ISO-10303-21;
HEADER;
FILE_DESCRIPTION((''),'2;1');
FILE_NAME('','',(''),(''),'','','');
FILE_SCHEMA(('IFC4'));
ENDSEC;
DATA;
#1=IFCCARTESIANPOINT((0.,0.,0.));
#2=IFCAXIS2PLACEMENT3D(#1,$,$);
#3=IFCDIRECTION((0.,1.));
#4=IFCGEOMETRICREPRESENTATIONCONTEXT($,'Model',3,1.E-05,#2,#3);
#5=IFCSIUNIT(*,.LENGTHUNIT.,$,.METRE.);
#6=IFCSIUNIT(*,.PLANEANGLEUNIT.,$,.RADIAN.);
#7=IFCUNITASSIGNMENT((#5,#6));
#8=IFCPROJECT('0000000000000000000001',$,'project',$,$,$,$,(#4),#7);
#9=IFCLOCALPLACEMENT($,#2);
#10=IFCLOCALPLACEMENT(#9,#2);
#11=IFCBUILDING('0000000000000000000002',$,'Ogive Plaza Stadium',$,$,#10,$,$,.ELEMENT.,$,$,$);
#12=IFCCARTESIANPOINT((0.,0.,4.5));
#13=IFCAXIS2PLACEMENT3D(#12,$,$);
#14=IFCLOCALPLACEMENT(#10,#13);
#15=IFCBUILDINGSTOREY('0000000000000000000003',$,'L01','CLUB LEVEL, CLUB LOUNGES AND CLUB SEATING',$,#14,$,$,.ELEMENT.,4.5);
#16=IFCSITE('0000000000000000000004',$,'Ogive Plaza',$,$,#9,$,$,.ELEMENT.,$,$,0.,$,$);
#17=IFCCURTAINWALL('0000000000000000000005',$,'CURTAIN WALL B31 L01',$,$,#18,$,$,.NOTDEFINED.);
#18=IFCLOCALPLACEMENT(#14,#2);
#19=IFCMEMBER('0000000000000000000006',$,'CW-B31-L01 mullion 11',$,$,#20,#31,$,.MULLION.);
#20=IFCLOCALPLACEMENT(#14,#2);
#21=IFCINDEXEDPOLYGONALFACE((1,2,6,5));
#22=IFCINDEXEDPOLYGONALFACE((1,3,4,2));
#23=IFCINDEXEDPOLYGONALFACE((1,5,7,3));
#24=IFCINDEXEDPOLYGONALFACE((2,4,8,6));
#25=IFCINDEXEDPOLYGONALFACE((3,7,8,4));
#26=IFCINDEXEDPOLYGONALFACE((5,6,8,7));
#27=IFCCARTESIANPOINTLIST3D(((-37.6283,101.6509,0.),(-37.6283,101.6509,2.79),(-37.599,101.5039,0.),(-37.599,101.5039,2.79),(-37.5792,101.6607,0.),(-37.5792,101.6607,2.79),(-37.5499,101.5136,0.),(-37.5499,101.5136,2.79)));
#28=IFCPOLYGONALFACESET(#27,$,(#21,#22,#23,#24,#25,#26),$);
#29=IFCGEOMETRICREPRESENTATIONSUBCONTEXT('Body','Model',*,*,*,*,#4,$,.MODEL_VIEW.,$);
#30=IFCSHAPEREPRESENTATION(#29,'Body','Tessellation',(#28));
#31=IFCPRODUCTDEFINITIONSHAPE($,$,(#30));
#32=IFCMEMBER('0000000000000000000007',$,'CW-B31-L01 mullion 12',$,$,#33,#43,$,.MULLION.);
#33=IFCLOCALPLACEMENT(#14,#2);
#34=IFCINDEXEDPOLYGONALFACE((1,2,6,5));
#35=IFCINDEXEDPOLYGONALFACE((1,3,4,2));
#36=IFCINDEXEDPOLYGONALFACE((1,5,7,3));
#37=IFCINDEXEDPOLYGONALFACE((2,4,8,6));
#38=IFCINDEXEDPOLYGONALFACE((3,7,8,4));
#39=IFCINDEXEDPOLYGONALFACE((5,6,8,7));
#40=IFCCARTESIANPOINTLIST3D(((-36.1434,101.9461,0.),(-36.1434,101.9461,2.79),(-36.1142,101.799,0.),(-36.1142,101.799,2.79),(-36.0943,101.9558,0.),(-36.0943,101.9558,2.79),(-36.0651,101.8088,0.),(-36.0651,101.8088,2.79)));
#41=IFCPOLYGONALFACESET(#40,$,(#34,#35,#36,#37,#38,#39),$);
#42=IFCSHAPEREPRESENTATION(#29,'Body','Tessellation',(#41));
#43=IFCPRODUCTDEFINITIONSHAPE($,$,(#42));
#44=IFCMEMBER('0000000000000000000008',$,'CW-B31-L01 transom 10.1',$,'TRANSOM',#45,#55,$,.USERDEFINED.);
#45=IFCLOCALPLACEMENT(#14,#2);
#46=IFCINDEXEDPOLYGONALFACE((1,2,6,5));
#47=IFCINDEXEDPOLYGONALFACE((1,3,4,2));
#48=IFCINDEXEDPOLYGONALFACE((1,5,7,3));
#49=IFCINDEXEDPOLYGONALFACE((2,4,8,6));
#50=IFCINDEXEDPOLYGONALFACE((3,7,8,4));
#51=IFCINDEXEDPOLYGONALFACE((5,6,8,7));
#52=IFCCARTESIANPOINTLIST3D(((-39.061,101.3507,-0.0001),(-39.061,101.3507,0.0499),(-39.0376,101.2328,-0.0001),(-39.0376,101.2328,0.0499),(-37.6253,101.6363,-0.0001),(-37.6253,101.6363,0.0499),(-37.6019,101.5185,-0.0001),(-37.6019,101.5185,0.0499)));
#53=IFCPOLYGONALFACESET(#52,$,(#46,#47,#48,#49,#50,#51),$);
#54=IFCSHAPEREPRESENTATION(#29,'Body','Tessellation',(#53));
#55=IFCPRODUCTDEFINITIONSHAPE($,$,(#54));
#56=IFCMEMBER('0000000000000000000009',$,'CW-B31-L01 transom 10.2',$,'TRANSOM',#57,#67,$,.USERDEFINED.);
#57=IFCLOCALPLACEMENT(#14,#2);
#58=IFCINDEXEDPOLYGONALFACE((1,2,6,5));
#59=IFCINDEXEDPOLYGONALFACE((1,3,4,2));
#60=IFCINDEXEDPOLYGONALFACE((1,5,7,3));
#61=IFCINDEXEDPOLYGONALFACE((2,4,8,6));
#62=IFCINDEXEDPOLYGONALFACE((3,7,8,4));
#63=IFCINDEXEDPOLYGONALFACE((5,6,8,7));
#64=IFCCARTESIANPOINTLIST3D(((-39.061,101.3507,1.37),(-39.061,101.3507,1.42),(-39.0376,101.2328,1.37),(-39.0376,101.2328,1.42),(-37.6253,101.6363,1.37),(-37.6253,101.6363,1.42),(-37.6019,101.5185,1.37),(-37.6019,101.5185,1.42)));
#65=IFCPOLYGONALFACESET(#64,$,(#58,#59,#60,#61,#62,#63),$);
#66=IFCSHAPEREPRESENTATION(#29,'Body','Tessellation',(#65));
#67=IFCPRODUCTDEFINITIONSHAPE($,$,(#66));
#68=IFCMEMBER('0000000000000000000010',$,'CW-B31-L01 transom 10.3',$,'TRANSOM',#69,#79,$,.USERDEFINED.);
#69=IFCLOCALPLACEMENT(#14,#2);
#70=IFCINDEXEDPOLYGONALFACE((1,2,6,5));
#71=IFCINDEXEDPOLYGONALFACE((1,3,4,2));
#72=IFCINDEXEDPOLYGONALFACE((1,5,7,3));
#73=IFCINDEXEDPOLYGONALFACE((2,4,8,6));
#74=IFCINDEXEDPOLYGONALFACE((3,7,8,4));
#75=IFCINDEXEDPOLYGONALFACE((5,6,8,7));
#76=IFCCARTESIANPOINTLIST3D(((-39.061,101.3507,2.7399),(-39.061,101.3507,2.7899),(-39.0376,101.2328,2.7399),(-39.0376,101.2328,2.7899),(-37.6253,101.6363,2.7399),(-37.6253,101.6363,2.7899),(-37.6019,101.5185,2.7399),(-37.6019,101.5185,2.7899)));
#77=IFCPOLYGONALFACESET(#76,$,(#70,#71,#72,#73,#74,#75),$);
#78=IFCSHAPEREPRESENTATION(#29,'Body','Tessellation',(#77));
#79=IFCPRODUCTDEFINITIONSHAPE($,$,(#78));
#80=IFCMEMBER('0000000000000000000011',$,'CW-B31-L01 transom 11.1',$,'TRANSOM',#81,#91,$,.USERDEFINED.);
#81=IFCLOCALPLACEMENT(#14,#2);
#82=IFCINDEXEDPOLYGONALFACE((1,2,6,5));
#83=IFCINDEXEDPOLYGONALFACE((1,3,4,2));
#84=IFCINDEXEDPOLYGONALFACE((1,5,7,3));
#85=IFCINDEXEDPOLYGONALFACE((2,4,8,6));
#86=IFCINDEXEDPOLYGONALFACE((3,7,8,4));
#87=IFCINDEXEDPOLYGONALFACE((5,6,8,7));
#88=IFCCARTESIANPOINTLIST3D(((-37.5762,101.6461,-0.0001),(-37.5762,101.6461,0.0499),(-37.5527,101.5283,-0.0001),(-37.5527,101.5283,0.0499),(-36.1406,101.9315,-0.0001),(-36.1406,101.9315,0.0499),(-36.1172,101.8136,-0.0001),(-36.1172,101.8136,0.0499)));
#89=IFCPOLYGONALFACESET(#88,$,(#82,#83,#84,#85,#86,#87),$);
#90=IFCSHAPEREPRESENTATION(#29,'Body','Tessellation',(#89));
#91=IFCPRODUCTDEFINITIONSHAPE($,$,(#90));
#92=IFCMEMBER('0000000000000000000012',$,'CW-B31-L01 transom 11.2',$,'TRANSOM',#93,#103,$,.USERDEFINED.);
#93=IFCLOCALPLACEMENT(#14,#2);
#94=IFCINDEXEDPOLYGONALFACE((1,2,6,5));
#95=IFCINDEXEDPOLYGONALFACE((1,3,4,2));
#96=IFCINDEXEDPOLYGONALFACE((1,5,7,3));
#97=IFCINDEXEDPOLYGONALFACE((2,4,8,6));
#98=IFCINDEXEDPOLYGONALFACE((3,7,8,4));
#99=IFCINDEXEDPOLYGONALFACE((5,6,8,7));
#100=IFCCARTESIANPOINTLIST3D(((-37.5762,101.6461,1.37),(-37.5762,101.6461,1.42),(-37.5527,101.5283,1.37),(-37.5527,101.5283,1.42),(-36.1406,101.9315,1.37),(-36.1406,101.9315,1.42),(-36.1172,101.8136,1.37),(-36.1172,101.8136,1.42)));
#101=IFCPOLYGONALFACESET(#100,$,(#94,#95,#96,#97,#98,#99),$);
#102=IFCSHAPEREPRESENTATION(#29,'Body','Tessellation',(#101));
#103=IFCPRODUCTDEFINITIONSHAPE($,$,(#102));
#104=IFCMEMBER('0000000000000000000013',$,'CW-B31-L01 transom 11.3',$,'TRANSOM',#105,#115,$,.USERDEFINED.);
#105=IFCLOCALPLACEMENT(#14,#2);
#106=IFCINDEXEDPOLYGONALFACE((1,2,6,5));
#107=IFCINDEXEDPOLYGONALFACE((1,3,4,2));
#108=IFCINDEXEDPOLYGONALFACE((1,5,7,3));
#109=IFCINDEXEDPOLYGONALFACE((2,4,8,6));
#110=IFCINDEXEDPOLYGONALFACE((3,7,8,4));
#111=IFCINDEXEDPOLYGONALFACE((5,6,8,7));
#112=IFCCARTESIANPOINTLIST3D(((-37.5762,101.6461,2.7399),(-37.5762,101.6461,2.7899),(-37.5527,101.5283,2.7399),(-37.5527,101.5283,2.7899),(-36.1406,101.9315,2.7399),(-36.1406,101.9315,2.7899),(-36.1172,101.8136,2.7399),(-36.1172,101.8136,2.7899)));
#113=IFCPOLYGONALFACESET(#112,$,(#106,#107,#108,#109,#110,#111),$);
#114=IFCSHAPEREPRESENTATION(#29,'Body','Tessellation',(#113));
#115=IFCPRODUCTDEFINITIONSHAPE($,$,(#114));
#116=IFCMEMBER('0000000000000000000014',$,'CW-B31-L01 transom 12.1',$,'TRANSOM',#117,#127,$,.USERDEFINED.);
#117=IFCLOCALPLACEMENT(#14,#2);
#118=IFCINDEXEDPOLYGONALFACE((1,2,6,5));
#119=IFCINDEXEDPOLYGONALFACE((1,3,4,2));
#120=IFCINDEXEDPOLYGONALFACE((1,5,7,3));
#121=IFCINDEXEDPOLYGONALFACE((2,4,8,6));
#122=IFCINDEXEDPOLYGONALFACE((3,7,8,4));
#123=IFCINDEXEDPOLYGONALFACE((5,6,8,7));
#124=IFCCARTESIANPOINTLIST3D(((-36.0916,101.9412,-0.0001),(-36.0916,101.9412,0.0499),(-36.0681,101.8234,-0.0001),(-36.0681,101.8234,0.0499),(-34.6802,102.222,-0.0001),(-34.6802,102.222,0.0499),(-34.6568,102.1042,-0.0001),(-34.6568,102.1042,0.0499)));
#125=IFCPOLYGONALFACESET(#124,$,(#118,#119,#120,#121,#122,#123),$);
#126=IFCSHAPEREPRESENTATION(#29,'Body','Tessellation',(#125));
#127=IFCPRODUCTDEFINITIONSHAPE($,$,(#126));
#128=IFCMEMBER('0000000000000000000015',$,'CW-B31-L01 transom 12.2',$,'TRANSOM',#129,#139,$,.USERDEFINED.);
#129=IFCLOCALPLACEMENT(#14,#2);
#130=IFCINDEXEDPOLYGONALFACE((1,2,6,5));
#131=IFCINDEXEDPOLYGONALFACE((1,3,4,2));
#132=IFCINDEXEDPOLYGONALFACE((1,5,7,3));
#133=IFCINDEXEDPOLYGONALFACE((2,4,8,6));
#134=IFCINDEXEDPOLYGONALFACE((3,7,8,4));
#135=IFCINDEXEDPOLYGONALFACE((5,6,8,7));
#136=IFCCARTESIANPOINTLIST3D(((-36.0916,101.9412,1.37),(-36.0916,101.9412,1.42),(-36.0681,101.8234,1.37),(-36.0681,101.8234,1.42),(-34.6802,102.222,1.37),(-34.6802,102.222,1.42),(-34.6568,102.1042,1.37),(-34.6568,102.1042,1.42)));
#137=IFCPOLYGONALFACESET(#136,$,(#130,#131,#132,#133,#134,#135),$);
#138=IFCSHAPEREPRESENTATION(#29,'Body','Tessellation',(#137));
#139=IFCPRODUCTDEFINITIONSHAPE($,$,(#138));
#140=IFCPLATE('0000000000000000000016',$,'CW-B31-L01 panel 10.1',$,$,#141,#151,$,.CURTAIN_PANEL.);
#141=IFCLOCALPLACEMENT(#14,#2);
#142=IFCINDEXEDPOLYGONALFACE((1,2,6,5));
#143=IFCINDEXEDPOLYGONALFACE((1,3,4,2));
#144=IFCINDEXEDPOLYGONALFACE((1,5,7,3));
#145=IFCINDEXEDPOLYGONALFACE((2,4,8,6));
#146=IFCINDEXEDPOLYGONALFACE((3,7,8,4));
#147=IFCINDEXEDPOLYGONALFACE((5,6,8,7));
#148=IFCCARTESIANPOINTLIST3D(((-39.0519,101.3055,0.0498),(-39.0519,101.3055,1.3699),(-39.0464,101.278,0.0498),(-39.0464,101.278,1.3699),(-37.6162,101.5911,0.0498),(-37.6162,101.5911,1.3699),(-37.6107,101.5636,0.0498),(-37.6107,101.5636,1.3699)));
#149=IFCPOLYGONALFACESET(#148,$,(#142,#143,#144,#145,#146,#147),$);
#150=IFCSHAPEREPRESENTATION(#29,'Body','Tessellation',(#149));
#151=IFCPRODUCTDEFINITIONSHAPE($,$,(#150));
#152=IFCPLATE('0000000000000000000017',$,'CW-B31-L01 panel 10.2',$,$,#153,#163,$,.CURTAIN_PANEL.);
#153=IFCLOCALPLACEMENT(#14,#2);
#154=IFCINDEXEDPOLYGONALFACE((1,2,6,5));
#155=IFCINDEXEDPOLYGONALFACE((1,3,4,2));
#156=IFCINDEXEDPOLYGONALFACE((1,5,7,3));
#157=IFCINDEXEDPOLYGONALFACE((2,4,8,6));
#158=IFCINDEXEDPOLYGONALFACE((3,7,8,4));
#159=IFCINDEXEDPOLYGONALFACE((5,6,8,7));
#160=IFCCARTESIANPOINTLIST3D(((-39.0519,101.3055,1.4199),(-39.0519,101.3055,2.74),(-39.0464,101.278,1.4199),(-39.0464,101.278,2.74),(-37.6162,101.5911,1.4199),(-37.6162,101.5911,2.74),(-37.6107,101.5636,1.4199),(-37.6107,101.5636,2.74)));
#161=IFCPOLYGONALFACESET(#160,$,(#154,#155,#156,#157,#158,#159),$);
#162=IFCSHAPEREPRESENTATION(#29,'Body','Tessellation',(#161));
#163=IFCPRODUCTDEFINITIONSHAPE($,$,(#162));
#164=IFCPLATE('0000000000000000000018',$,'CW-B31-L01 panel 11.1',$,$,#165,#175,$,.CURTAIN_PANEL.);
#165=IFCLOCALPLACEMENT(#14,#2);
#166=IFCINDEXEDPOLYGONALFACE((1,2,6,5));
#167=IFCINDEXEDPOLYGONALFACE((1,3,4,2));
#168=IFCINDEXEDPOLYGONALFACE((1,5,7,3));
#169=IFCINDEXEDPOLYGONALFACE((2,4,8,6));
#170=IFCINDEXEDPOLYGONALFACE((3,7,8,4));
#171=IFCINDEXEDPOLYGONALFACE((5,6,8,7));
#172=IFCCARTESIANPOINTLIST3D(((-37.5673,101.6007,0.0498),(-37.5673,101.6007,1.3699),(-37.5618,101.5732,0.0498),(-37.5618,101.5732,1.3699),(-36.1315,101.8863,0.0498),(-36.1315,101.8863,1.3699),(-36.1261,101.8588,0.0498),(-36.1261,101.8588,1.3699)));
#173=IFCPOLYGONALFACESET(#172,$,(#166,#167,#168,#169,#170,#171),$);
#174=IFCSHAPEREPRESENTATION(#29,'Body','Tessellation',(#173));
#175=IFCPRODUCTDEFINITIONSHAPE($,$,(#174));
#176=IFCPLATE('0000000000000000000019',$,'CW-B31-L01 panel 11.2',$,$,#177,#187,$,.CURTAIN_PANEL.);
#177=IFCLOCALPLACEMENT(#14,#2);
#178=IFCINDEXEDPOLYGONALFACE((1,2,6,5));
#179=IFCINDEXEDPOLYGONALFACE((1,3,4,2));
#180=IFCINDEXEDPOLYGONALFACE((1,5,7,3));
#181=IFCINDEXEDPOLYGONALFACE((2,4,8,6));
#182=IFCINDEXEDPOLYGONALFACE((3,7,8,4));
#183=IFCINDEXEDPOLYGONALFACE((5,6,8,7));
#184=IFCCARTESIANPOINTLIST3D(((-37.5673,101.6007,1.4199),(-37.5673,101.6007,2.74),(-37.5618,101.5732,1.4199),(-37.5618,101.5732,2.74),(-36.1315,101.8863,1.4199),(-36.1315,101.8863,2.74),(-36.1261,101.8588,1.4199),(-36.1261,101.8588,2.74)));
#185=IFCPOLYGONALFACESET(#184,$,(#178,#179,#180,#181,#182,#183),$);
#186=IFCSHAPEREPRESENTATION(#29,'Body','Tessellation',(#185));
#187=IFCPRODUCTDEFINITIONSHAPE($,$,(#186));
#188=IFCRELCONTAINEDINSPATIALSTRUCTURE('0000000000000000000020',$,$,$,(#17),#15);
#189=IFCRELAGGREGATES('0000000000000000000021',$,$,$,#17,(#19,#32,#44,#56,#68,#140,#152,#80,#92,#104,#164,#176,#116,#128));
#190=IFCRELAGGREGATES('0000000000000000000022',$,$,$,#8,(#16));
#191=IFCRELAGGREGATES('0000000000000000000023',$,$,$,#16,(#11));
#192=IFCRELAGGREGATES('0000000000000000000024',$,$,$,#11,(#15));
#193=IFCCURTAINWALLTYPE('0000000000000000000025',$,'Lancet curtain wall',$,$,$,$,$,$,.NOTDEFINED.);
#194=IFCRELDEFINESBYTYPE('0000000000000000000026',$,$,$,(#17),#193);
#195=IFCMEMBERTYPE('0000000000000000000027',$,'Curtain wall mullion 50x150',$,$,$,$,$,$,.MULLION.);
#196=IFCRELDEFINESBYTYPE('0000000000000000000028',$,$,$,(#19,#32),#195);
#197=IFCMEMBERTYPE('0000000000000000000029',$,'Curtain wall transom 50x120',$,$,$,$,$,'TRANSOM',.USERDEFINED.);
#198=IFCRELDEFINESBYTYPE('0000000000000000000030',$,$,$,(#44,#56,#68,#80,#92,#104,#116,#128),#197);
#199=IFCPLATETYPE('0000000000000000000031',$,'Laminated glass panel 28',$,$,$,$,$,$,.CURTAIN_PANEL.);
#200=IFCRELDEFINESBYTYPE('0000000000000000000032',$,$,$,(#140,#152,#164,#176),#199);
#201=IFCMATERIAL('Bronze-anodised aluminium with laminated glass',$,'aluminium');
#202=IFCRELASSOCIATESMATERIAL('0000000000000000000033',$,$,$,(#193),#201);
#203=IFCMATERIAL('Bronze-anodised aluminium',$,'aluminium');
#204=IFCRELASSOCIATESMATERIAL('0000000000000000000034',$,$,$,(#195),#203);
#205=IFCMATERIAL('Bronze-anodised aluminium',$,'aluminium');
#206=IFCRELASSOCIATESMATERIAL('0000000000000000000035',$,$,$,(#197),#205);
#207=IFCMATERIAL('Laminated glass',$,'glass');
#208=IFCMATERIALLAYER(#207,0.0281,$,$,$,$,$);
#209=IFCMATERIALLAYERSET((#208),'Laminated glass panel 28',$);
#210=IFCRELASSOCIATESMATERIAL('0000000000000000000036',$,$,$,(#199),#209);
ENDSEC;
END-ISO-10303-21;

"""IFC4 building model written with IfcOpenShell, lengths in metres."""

from ifc_helpers import new_model, si_unit, direction, frame, origin, origin_2d, place, context, subcontext, project, spatial, rectangle, extrude, material, layer, layer_set, material_profile, profile_set, type_object, element, aggregate, save


model = new_model("IFC4")

# Units and contexts
model_context = context("Model", 3, precision=1e-05, world=origin(), true_north=direction((0.0, 1.0)))
body_context = subcontext(model_context, "Body", "Model", "MODEL_VIEW")
ifc_project = project(units=[si_unit("LENGTHUNIT", "METRE"), si_unit("PLANEANGLEUNIT", "RADIAN")], contexts=[model_context])

# Site, building, storey
site_placement = place(None, origin())
site = spatial("IfcSite", under=ifc_project, at=site_placement, Name="Ogive Plaza", CompositionType="ELEMENT", RefElevation=0.0)
building_placement = place(site_placement, origin())
building = spatial("IfcBuilding", under=site, at=building_placement, Name="Ogive Plaza Stadium", CompositionType="ELEMENT")
storey_placement = place(building_placement, frame((0.0, 0.0, 4.5)))
storey = spatial("IfcBuildingStorey", under=building, at=storey_placement, Name="L01", Description="CLUB LEVEL, CLUB LOUNGES AND CLUB SEATING", CompositionType="ELEMENT", Elevation=4.5)

# Curtain wall, members, plates
ifc_material_1 = material(Name="Bronze-anodised aluminium with laminated glass", Category="aluminium")
curtain_wall_type = type_object("IfcCurtainWallType", Name="Lancet curtain wall", PredefinedType="NOTDEFINED", material=ifc_material_1)
curtain_wall_placement = place(storey_placement, origin())
curtain_wall = element("IfcCurtainWall", 1, at=curtain_wall_placement, inside=storey, type_object=curtain_wall_type, Name="CURTAIN WALL B31 L01", PredefinedType="NOTDEFINED")
ifc_material_2 = material(Name="Bronze-anodised aluminium", Category="aluminium")
ifc_material_profile_1 = material_profile(ifc_material_2, rectangle(XDim=0.1499, YDim=0.05, at=origin_2d()), Name="AL 150x50")
ifc_profile_set_1 = profile_set([ifc_material_profile_1], Name="Bronze-anodised aluminium")
member_type_1 = type_object("IfcMemberType", Name="Curtain wall mullion 50x150", PredefinedType="MULLION", material=ifc_profile_set_1)
member_1_placement = place(storey_placement, frame((-37.5891, 101.5823, 0.0), z_axis=(0.0, 0.0, 1.0), x_axis=(-0.19509, 0.980785, 0.0)))
member_1 = element("IfcMember", 2, at=member_1_placement, type_object=member_type_1, Name="CW-B31-L01 mullion 11", PredefinedType="MULLION", context=body_context, shape_type="SweptSolid", body=[
    extrude(rectangle(XDim=0.1499, YDim=0.05, at=origin_2d()), origin(), (0.0, 0.0, 1.0), 2.79),
])
member_2_placement = place(storey_placement, frame((-36.1042, 101.8774, 0.0), z_axis=(0.0, 0.0, 1.0), x_axis=(-0.19509, 0.980785, 0.0)))
member_2 = element("IfcMember", 3, at=member_2_placement, type_object=member_type_1, Name="CW-B31-L01 mullion 12", PredefinedType="MULLION", context=body_context, shape_type="SweptSolid", body=[
    extrude(rectangle(XDim=0.1499, YDim=0.05, at=origin_2d()), origin(), (0.0, 0.0, 1.0), 2.79),
])
ifc_material_3 = material(Name="Bronze-anodised aluminium", Category="aluminium")
ifc_material_profile_2 = material_profile(ifc_material_3, rectangle(XDim=0.1201, YDim=0.05, at=origin_2d()), Name="AL 120x50")
ifc_profile_set_2 = profile_set([ifc_material_profile_2], Name="Bronze-anodised aluminium")
member_type_2 = type_object("IfcMemberType", Name="Curtain wall transom 50x120", ElementType="TRANSOM", PredefinedType="USERDEFINED", material=ifc_profile_set_2)
member_3_placement = place(storey_placement, frame((-39.0493, 101.2917, 0.0249), z_axis=(0.980779, 0.195122, 0.0), x_axis=(-0.195122, 0.980779, 0.0)))
member_3 = element("IfcMember", 4, at=member_3_placement, type_object=member_type_2, Name="CW-B31-L01 transom 10.1", ObjectType="TRANSOM", PredefinedType="USERDEFINED", context=body_context, shape_type="SweptSolid", body=[
    extrude(rectangle(XDim=0.1201, YDim=0.05, at=origin_2d()), origin(), (0.0, 0.0, 1.0), 1.4639),
])
member_4_placement = place(storey_placement, frame((-39.0493, 101.2917, 1.395), z_axis=(0.980779, 0.195122, 0.0), x_axis=(-0.195122, 0.980779, 0.0)))
member_4 = element("IfcMember", 5, at=member_4_placement, type_object=member_type_2, Name="CW-B31-L01 transom 10.2", ObjectType="TRANSOM", PredefinedType="USERDEFINED", context=body_context, shape_type="SweptSolid", body=[
    extrude(rectangle(XDim=0.1201, YDim=0.05, at=origin_2d()), origin(), (0.0, 0.0, 1.0), 1.4639),
])
member_5_placement = place(storey_placement, frame((-39.0493, 101.2917, 2.7649), z_axis=(0.980779, 0.195122, 0.0), x_axis=(-0.195122, 0.980779, 0.0)))
member_5 = element("IfcMember", 6, at=member_5_placement, type_object=member_type_2, Name="CW-B31-L01 transom 10.3", ObjectType="TRANSOM", PredefinedType="USERDEFINED", context=body_context, shape_type="SweptSolid", body=[
    extrude(rectangle(XDim=0.1201, YDim=0.05, at=origin_2d()), origin(), (0.0, 0.0, 1.0), 1.4639),
])
member_6_placement = place(storey_placement, frame((-37.5645, 101.5872, 0.0249), z_axis=(0.980805, 0.194993, 0.0), x_axis=(-0.194993, 0.980805, 0.0)))
member_6 = element("IfcMember", 7, at=member_6_placement, type_object=member_type_2, Name="CW-B31-L01 transom 11.1", ObjectType="TRANSOM", PredefinedType="USERDEFINED", context=body_context, shape_type="SweptSolid", body=[
    extrude(rectangle(XDim=0.1201, YDim=0.05, at=origin_2d()), origin(), (0.0, 0.0, 1.0), 1.4636),
])
member_7_placement = place(storey_placement, frame((-37.5645, 101.5872, 1.395), z_axis=(0.980805, 0.194993, 0.0), x_axis=(-0.194993, 0.980805, 0.0)))
member_7 = element("IfcMember", 8, at=member_7_placement, type_object=member_type_2, Name="CW-B31-L01 transom 11.2", ObjectType="TRANSOM", PredefinedType="USERDEFINED", context=body_context, shape_type="SweptSolid", body=[
    extrude(rectangle(XDim=0.1201, YDim=0.05, at=origin_2d()), origin(), (0.0, 0.0, 1.0), 1.4636),
])
member_8_placement = place(storey_placement, frame((-37.5645, 101.5872, 2.7649), z_axis=(0.980805, 0.194993, 0.0), x_axis=(-0.194993, 0.980805, 0.0)))
member_8 = element("IfcMember", 9, at=member_8_placement, type_object=member_type_2, Name="CW-B31-L01 transom 11.3", ObjectType="TRANSOM", PredefinedType="USERDEFINED", context=body_context, shape_type="SweptSolid", body=[
    extrude(rectangle(XDim=0.1201, YDim=0.05, at=origin_2d()), origin(), (0.0, 0.0, 1.0), 1.4636),
])
member_9_placement = place(storey_placement, frame((-36.0798, 101.8823, 0.0249), z_axis=(0.980782, 0.195105, 0.0), x_axis=(-0.195105, 0.980782, 0.0)))
member_9 = element("IfcMember", 10, at=member_9_placement, type_object=member_type_2, Name="CW-B31-L01 transom 12.1", ObjectType="TRANSOM", PredefinedType="USERDEFINED", context=body_context, shape_type="SweptSolid", body=[
    extrude(rectangle(XDim=0.1201, YDim=0.05, at=origin_2d()), origin(), (0.0, 0.0, 1.0), 1.439),
])
member_10_placement = place(storey_placement, frame((-36.0798, 101.8823, 1.395), z_axis=(0.980782, 0.195105, 0.0), x_axis=(-0.195105, 0.980782, 0.0)))
member_10 = element("IfcMember", 11, at=member_10_placement, type_object=member_type_2, Name="CW-B31-L01 transom 12.2", ObjectType="TRANSOM", PredefinedType="USERDEFINED", context=body_context, shape_type="SweptSolid", body=[
    extrude(rectangle(XDim=0.1201, YDim=0.05, at=origin_2d()), origin(), (0.0, 0.0, 1.0), 1.439),
])
ifc_material_4 = material(Name="Laminated glass", Category="glass")
ifc_layer_1 = layer(ifc_material_4, 0.0281)
ifc_layer_set_1 = layer_set([ifc_layer_1], Name="Laminated glass panel 28")
plate_type = type_object("IfcPlateType", Name="Laminated glass panel 28", PredefinedType="CURTAIN_PANEL", material=ifc_layer_set_1)
plate_1_placement = place(storey_placement, frame((-38.3313, 101.4346, 0.0498), z_axis=(0.0, 0.0, 1.0), x_axis=(0.980785, 0.19509, 0.0)))
plate_1 = element("IfcPlate", 12, at=plate_1_placement, type_object=plate_type, Name="CW-B31-L01 panel 10.1", PredefinedType="CURTAIN_PANEL", context=body_context, shape_type="SweptSolid", body=[
    extrude(rectangle(XDim=1.4639, YDim=0.0281, at=origin_2d()), origin(), (0.0, 0.0, 1.0), 1.3201),
])
plate_2_placement = place(storey_placement, frame((-38.3313, 101.4346, 1.4199), z_axis=(0.0, 0.0, 1.0), x_axis=(0.980785, 0.19509, 0.0)))
plate_2 = element("IfcPlate", 13, at=plate_2_placement, type_object=plate_type, Name="CW-B31-L01 panel 10.2", PredefinedType="CURTAIN_PANEL", context=body_context, shape_type="SweptSolid", body=[
    extrude(rectangle(XDim=1.4639, YDim=0.0281, at=origin_2d()), origin(), (0.0, 0.0, 1.0), 1.3201),
])
plate_3_placement = place(storey_placement, frame((-36.8467, 101.7297, 0.0498), z_axis=(0.0, 0.0, 1.0), x_axis=(0.980785, 0.19509, 0.0)))
plate_3 = element("IfcPlate", 14, at=plate_3_placement, type_object=plate_type, Name="CW-B31-L01 panel 11.1", PredefinedType="CURTAIN_PANEL", context=body_context, shape_type="SweptSolid", body=[
    extrude(rectangle(XDim=1.4639, YDim=0.0281, at=origin_2d()), origin(), (0.0, 0.0, 1.0), 1.3201),
])
plate_4_placement = place(storey_placement, frame((-36.8467, 101.7297, 1.4199), z_axis=(0.0, 0.0, 1.0), x_axis=(0.980785, 0.19509, 0.0)))
plate_4 = element("IfcPlate", 15, at=plate_4_placement, type_object=plate_type, Name="CW-B31-L01 panel 11.2", PredefinedType="CURTAIN_PANEL", context=body_context, shape_type="SweptSolid", body=[
    extrude(rectangle(XDim=1.4639, YDim=0.0281, at=origin_2d()), origin(), (0.0, 0.0, 1.0), 1.3201),
])
aggregate(curtain_wall, [member_1, member_2, member_3, member_4, member_5, plate_1, plate_2, member_6, member_7, member_8, plate_3, plate_4, member_9, member_10])

save(model, "model.ifc")
